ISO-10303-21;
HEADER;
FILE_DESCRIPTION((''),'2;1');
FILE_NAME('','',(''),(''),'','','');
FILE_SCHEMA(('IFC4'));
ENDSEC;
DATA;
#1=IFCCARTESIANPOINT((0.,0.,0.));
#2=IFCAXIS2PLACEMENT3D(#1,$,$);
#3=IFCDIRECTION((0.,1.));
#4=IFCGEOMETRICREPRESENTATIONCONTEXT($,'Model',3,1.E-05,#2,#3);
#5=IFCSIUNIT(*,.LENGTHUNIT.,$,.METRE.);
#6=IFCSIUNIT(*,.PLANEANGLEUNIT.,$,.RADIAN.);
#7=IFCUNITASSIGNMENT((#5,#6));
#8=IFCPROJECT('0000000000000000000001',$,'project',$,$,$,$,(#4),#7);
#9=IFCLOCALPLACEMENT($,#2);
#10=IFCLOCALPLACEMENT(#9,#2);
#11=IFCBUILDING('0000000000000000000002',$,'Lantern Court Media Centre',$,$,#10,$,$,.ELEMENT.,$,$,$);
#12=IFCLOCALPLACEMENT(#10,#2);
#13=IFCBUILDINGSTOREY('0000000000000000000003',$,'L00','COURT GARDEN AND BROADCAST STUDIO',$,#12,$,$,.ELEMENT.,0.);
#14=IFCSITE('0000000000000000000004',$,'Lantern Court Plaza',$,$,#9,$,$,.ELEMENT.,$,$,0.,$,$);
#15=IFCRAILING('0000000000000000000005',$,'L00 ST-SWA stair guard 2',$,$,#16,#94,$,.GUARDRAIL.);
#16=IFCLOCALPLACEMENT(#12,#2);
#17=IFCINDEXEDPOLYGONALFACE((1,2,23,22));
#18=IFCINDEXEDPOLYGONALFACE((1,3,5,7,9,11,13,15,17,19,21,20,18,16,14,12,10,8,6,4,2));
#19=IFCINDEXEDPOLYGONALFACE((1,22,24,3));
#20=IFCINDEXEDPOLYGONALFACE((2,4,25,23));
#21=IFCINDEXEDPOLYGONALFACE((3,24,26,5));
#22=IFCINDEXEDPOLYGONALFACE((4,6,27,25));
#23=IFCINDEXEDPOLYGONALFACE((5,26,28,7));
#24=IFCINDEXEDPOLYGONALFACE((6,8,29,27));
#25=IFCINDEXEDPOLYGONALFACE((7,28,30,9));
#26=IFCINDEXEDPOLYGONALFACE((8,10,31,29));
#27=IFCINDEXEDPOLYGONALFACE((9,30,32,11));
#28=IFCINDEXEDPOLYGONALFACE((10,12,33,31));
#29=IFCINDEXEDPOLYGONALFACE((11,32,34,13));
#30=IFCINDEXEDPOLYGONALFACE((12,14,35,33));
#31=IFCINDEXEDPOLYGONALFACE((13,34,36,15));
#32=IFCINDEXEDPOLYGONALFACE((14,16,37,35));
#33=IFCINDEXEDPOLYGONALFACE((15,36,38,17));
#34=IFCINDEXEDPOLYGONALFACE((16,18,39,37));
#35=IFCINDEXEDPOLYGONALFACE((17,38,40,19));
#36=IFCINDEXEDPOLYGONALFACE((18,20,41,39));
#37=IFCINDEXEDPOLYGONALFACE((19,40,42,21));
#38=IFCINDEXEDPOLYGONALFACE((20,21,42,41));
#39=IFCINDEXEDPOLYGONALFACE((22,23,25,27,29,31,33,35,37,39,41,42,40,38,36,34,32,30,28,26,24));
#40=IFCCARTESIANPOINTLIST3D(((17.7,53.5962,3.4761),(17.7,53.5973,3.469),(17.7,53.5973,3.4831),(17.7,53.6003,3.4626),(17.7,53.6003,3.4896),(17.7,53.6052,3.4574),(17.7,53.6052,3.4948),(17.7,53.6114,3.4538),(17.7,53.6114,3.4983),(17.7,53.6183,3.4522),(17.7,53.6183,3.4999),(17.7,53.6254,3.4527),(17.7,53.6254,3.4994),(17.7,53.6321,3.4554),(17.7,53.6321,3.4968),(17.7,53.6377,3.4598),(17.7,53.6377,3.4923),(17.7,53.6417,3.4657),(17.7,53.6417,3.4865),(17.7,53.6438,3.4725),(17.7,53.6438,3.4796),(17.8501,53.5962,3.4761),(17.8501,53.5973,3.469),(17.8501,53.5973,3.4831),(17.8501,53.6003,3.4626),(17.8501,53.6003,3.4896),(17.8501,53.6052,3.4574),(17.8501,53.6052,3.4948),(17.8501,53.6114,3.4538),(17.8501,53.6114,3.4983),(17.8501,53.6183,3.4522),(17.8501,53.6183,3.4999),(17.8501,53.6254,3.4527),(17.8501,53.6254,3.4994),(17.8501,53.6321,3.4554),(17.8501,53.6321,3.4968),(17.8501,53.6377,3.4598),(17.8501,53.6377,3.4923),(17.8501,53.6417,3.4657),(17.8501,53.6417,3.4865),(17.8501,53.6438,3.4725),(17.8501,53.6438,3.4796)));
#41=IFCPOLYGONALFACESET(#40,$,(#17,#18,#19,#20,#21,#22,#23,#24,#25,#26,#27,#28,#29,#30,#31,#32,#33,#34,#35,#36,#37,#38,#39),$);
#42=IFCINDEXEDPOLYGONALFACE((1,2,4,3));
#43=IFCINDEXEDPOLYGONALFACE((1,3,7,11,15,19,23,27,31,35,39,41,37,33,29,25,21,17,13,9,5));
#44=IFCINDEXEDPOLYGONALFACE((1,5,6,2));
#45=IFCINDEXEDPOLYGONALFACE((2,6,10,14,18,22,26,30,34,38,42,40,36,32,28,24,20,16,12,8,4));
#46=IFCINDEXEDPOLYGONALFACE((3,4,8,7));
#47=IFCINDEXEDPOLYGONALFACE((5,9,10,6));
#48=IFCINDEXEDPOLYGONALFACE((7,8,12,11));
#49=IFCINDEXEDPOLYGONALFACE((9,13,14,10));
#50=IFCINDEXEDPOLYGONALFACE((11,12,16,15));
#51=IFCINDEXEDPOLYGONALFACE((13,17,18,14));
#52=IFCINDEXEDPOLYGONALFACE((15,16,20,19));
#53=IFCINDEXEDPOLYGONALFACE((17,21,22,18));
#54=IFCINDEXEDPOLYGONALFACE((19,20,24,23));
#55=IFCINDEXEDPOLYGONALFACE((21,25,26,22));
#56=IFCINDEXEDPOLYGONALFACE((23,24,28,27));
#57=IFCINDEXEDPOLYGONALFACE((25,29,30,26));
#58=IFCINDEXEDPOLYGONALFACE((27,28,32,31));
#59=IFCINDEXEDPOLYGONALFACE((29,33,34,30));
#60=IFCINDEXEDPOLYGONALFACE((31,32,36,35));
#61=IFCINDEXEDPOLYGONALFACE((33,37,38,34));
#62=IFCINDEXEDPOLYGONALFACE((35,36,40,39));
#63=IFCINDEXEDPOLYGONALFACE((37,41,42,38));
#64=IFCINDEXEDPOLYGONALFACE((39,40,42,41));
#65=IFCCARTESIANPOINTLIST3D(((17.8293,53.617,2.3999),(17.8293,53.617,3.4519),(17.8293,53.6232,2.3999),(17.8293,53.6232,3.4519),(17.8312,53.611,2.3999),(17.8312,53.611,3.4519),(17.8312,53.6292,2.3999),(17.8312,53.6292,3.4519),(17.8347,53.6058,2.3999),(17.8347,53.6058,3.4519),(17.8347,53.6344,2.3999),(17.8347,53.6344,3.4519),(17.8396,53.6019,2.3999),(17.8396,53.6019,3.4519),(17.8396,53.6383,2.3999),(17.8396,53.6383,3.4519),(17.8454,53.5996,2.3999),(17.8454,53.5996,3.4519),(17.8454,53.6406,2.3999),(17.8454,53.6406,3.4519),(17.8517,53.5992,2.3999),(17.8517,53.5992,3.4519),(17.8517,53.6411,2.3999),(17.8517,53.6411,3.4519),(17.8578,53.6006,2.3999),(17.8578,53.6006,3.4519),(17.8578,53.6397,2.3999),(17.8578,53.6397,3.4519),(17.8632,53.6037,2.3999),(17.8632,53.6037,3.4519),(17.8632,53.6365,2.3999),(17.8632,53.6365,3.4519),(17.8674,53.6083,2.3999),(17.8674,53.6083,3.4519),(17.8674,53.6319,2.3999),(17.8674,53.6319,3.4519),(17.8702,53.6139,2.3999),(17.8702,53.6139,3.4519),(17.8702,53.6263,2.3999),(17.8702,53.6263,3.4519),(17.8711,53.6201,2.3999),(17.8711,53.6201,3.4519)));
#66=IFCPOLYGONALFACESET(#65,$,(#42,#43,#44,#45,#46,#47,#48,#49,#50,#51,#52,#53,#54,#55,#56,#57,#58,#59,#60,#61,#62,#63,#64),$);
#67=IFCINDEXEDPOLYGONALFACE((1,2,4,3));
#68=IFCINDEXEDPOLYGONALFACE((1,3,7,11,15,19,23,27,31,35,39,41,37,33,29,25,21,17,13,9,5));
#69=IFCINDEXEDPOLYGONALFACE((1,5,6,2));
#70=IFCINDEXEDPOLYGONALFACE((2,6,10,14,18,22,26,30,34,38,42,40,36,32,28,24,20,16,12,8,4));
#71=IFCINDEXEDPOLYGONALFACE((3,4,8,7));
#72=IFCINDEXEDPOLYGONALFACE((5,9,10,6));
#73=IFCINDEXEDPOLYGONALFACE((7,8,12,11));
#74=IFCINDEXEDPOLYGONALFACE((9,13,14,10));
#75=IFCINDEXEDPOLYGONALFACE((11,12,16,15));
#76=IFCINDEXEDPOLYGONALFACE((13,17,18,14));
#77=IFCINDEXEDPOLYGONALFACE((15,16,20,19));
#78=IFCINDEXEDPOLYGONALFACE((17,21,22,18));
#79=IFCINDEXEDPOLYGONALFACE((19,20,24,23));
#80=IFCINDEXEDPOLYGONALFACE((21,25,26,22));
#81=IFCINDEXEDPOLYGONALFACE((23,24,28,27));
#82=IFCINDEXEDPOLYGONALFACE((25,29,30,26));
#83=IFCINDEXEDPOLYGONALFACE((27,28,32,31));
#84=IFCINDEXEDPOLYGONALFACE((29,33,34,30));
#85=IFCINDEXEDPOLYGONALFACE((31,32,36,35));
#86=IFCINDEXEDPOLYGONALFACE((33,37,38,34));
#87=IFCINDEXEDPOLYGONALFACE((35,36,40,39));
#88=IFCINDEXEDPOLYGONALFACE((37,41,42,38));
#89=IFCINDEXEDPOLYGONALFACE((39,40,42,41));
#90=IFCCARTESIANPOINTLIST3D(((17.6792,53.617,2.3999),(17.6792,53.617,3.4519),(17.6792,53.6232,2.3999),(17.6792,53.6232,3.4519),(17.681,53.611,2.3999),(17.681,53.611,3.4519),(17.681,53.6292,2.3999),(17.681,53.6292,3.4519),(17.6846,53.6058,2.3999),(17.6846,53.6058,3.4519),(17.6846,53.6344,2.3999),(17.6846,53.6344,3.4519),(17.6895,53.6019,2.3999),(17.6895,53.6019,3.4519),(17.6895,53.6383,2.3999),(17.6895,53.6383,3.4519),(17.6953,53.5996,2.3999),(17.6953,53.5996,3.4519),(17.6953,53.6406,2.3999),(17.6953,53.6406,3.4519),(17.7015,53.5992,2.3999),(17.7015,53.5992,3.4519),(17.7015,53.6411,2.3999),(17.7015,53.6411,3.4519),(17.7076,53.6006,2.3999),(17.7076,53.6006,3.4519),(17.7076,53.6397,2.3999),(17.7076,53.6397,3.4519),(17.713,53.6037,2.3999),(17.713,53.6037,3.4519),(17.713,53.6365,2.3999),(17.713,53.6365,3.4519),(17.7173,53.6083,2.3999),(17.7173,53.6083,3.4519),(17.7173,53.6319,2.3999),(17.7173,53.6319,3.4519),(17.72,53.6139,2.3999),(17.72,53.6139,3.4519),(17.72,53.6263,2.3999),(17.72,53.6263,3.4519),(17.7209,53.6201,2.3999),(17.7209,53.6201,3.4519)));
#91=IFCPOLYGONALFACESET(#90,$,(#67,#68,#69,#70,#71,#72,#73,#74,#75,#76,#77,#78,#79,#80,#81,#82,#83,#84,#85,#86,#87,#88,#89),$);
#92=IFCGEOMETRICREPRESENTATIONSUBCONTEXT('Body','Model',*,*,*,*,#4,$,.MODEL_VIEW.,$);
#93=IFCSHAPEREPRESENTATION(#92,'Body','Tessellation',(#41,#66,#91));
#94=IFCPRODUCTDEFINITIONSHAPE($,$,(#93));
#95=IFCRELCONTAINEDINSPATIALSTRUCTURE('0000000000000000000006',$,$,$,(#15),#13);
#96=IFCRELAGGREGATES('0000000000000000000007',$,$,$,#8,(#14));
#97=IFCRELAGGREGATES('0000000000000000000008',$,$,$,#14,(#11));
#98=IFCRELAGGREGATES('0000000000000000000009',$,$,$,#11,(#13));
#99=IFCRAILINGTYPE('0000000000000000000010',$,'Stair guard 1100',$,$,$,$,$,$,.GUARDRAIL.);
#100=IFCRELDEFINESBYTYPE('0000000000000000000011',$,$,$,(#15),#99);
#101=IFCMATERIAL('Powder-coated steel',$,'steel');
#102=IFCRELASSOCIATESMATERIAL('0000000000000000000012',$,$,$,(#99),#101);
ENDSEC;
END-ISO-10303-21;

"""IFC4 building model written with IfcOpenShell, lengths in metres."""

from ifc_helpers import new_model, si_unit, direction, frame, origin, origin_2d, place, context, subcontext, project, spatial, circle, extrude, material, type_object, element, save


model = new_model("IFC4")

# Units and contexts
model_context = context("Model", 3, precision=1e-05, world=origin(), true_north=direction((0.0, 1.0)))
body_context = subcontext(model_context, "Body", "Model", "MODEL_VIEW")
ifc_project = project(units=[si_unit("LENGTHUNIT", "METRE"), si_unit("PLANEANGLEUNIT", "RADIAN")], contexts=[model_context])

# Site, building, storey
site_placement = place(None, origin())
site = spatial("IfcSite", under=ifc_project, at=site_placement, Name="Lantern Court Plaza", CompositionType="ELEMENT", RefElevation=0.0)
building_placement = place(site_placement, origin())
building = spatial("IfcBuilding", under=site, at=building_placement, Name="Lantern Court Media Centre", CompositionType="ELEMENT")
storey_placement = place(building_placement, origin())
storey = spatial("IfcBuildingStorey", under=building, at=storey_placement, Name="L00", Description="COURT GARDEN AND BROADCAST STUDIO", CompositionType="ELEMENT", Elevation=0.0)

# Railing
ifc_material_1 = material(Name="Powder-coated steel", Category="steel")
railing_type_1 = type_object("IfcRailingType", Name="Stair guard 1100", PredefinedType="GUARDRAIL", material=ifc_material_1)
railing_1_placement = place(storey_placement, frame((17.8501, 53.6201, 2.3999)))
element("IfcRailing", 1, at=railing_1_placement, inside=storey, type_object=railing_type_1, Name="L00 ST-SWA stair guard 2", PredefinedType="GUARDRAIL", context=body_context, shape_type="SweptSolid", body=[
    extrude(circle(Radius=0.0239, at=origin_2d()), frame((0.0, 0.0, 1.0762), z_axis=(-1.0, 0.0, 0.0), x_axis=(0.0, -1.0, 0.0)), (0.0, 0.0, 1.0), 0.1501),
    extrude(circle(Radius=0.021, at=origin_2d()), origin(), (0.0, 0.0, 1.0), 1.052),
    extrude(circle(Radius=0.021, at=origin_2d()), frame((-0.1501, 0.0, 0.0)), (0.0, 0.0, 1.0), 1.052),
])

save(model, "model.ifc")
